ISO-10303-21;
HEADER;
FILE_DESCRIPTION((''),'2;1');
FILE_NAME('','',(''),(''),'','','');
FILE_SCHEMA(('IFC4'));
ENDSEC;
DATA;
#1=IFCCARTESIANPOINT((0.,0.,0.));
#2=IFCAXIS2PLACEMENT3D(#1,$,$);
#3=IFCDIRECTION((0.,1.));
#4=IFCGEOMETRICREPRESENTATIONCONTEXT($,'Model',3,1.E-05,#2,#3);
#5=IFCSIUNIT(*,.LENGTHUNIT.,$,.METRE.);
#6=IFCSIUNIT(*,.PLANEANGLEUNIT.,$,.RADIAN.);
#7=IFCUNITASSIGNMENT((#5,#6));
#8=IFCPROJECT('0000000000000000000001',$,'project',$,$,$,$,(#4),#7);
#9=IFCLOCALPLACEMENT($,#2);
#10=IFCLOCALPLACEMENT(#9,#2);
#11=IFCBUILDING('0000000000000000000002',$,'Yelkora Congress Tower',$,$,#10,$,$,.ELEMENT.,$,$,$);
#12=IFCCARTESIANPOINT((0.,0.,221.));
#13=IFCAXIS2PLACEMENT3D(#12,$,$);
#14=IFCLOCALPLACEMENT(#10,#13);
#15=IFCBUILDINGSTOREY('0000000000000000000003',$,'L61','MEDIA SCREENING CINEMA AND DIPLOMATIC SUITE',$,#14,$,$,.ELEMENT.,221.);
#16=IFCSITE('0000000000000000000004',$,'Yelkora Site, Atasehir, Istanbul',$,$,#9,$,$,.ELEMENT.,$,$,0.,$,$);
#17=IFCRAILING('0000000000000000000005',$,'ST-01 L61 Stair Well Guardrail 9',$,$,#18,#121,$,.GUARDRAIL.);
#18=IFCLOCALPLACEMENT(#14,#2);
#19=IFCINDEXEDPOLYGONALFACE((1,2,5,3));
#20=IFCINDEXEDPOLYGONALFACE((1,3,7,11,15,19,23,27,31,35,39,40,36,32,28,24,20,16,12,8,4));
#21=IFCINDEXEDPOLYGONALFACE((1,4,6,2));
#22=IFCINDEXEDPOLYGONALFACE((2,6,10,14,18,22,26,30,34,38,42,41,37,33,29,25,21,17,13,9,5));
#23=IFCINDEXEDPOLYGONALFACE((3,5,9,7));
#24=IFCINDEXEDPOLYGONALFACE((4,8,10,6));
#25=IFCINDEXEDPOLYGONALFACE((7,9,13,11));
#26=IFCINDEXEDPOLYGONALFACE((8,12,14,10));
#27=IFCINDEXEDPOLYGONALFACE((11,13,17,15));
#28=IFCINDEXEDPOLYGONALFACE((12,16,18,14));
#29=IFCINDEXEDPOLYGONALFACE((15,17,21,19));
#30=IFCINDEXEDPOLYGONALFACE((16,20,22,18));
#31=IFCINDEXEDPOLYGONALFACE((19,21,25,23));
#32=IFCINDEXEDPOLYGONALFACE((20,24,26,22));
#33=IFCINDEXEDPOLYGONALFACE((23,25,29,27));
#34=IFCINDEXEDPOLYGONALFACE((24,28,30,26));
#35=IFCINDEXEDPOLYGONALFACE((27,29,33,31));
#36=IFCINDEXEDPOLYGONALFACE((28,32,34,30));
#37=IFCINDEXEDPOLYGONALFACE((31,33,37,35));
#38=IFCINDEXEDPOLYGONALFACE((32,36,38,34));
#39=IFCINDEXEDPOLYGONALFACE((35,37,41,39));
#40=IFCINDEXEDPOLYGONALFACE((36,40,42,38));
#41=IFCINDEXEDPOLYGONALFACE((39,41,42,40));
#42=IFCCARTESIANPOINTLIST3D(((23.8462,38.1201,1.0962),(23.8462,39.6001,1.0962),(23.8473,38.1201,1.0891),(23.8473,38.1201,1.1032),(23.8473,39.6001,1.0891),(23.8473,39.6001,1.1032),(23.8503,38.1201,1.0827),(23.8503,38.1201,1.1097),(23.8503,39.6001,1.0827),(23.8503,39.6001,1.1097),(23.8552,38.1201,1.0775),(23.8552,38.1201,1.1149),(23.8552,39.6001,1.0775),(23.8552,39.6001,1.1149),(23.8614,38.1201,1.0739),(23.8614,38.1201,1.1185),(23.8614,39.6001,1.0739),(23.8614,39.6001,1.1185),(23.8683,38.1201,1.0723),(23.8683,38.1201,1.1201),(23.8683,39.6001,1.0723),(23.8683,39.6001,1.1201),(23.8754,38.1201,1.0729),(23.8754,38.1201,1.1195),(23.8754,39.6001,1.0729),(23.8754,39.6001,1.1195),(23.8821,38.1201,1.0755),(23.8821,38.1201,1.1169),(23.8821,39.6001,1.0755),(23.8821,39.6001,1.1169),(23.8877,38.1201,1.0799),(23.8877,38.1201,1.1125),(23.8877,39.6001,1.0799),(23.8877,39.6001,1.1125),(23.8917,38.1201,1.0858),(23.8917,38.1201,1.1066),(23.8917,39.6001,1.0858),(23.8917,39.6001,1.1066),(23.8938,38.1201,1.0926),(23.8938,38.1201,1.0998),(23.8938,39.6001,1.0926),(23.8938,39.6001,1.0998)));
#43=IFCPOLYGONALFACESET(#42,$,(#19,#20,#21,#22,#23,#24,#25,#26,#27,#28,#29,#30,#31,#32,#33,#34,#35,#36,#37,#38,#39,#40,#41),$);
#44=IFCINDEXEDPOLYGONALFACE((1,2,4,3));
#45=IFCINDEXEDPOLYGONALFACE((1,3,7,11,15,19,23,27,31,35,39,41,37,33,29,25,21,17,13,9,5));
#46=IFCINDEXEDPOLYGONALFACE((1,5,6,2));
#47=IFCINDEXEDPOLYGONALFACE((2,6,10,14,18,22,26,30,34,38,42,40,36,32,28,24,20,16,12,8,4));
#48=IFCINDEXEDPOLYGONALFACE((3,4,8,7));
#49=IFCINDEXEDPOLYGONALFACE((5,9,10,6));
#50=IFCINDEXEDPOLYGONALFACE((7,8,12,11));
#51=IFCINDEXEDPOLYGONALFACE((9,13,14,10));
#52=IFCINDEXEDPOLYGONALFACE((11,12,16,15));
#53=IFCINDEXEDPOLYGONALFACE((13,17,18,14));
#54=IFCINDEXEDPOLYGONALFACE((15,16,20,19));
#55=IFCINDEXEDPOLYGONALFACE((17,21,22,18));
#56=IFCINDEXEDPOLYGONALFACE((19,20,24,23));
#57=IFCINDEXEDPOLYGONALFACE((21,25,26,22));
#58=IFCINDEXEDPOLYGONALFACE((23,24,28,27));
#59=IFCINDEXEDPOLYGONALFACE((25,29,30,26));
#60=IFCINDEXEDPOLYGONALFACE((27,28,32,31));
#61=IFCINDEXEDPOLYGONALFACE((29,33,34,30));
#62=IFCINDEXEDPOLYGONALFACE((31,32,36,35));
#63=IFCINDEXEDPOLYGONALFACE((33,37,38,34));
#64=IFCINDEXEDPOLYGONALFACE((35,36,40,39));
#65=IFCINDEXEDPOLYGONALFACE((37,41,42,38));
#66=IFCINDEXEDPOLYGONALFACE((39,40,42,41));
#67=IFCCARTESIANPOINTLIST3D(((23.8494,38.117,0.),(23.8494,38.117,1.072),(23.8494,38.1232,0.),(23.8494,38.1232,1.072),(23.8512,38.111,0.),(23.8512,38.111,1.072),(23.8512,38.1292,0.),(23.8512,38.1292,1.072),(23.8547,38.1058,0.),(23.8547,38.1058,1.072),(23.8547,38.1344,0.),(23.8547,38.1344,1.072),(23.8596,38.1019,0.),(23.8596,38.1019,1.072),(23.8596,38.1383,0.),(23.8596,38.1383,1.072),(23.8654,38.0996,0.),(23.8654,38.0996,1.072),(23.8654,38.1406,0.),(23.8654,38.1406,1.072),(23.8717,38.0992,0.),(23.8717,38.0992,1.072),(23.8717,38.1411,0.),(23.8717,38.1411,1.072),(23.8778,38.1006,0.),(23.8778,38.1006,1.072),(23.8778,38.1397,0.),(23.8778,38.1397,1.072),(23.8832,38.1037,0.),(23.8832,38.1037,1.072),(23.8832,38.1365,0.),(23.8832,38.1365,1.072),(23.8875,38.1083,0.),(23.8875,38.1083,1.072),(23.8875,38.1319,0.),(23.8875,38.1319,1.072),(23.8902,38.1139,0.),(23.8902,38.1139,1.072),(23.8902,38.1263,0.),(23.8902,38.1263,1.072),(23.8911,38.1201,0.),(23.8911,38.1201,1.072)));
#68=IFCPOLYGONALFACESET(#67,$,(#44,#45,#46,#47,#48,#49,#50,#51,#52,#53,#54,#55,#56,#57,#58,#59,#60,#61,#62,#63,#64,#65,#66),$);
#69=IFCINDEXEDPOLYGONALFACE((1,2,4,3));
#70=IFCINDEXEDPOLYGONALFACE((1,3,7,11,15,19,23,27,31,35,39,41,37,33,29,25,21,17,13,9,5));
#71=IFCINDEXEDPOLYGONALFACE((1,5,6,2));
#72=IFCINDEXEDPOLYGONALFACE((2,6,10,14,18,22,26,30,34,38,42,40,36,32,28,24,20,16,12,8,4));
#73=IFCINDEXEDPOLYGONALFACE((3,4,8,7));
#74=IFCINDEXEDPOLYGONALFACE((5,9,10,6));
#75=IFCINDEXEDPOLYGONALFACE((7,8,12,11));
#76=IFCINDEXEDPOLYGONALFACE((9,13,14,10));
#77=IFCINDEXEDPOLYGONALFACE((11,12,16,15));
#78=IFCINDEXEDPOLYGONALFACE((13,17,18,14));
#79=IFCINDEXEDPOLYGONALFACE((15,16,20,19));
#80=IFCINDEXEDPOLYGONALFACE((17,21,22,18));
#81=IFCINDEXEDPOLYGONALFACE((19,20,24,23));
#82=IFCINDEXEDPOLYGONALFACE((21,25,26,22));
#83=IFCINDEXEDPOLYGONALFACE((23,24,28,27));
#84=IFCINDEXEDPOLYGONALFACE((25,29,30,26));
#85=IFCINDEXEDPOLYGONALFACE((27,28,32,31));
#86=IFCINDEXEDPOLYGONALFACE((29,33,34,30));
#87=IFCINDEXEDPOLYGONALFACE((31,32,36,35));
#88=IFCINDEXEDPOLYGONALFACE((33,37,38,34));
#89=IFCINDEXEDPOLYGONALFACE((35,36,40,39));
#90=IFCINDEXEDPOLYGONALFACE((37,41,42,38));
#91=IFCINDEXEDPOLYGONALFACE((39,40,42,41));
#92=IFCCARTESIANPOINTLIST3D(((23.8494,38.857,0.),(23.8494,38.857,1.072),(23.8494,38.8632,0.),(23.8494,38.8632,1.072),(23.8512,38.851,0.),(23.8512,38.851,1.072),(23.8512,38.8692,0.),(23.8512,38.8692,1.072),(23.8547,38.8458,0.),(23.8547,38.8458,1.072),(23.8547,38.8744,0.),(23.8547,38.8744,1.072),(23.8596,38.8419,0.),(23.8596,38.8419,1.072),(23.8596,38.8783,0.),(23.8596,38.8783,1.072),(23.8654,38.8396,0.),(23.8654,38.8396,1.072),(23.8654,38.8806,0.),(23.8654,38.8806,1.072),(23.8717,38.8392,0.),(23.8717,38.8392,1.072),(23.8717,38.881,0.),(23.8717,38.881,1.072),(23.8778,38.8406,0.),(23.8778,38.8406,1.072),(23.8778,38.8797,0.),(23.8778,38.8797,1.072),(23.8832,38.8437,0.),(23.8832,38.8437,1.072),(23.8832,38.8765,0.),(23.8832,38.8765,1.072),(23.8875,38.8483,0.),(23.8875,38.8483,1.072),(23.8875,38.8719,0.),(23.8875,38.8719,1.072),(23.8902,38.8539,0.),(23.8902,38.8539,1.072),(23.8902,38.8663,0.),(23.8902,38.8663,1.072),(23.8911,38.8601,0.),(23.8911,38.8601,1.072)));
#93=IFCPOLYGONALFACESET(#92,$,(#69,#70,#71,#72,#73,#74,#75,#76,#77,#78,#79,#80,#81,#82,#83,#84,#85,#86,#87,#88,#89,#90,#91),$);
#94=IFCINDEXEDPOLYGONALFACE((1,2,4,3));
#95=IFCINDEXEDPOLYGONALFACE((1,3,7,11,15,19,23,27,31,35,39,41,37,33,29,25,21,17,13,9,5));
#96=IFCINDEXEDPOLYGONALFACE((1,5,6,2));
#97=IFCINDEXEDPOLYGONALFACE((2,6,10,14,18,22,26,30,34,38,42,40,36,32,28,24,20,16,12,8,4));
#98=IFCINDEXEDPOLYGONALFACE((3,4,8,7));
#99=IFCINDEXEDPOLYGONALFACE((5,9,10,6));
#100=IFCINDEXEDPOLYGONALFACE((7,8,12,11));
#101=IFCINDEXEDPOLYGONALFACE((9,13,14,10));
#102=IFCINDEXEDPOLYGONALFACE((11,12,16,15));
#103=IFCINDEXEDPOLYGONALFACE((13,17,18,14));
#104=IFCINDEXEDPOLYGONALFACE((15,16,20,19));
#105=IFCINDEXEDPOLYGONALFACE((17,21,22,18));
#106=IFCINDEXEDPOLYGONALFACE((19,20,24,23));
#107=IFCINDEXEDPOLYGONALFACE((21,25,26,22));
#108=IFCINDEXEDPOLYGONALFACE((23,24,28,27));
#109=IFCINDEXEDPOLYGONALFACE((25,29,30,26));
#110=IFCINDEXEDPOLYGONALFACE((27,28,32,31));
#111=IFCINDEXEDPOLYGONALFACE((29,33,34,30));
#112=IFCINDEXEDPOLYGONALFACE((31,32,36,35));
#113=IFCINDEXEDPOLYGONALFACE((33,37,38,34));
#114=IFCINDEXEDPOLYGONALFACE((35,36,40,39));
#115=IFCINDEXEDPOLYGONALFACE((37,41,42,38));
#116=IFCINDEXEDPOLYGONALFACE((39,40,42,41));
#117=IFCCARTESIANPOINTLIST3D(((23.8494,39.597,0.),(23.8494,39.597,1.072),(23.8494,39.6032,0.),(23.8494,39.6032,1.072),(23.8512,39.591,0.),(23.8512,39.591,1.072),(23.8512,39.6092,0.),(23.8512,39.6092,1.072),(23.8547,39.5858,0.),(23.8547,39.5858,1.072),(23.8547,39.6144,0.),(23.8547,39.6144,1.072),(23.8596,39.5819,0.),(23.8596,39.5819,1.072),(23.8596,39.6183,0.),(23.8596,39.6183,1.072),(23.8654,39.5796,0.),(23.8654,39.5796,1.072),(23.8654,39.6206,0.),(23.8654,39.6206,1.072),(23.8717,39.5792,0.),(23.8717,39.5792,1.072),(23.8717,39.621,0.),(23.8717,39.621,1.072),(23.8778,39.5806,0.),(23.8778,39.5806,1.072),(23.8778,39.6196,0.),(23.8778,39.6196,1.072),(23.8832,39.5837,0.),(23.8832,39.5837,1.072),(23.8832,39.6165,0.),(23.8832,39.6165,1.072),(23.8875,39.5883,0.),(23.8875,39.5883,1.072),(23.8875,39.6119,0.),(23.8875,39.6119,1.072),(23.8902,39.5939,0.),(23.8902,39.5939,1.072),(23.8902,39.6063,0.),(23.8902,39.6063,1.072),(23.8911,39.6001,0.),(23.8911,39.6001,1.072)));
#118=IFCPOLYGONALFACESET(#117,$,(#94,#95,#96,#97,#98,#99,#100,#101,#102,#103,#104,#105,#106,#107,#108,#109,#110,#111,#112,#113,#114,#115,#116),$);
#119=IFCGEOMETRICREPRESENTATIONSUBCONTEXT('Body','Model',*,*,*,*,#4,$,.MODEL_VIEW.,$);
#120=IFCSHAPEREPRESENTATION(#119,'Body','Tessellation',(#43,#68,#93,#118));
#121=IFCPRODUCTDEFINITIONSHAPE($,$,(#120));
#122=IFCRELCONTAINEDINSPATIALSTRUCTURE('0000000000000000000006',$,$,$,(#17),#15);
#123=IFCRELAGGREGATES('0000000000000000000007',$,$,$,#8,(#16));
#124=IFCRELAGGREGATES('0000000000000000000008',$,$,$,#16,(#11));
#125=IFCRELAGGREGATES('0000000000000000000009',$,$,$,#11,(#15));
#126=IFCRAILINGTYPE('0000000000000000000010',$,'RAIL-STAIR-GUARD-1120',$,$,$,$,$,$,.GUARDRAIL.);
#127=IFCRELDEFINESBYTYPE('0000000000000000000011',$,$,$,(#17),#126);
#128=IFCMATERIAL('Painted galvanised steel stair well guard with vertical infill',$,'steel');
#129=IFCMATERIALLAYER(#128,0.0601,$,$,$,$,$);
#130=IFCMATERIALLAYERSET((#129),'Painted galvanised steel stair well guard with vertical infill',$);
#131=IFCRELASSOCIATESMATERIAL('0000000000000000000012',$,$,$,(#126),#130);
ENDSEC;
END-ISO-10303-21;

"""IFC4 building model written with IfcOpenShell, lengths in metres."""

from ifc_helpers import new_model, si_unit, direction, frame, origin, origin_2d, place, context, subcontext, project, spatial, circle, extrude, material, layer, layer_set, type_object, element, save


model = new_model("IFC4")

# Units and contexts
model_context = context("Model", 3, precision=1e-05, world=origin(), true_north=direction((0.0, 1.0)))
body_context = subcontext(model_context, "Body", "Model", "MODEL_VIEW")
ifc_project = project(units=[si_unit("LENGTHUNIT", "METRE"), si_unit("PLANEANGLEUNIT", "RADIAN")], contexts=[model_context])

# Site, building, storey
site_placement = place(None, origin())
site = spatial("IfcSite", under=ifc_project, at=site_placement, Name="Yelkora Site, Atasehir, Istanbul", CompositionType="ELEMENT", RefElevation=0.0)
building_placement = place(site_placement, origin())
building = spatial("IfcBuilding", under=site, at=building_placement, Name="Yelkora Congress Tower", CompositionType="ELEMENT")
storey_placement = place(building_placement, frame((0.0, 0.0, 221.0)))
storey = spatial("IfcBuildingStorey", under=building, at=storey_placement, Name="L61", Description="MEDIA SCREENING CINEMA AND DIPLOMATIC SUITE", CompositionType="ELEMENT", Elevation=221.0)

# Railing
ifc_material_1 = material(Name="Painted galvanised steel stair well guard with vertical infill", Category="steel")
ifc_layer_1 = layer(ifc_material_1, 0.0601)
ifc_layer_set_1 = layer_set([ifc_layer_1], Name="Painted galvanised steel stair well guard with vertical infill")
railing_type_1 = type_object("IfcRailingType", Name="RAIL-STAIR-GUARD-1120", PredefinedType="GUARDRAIL", material=ifc_layer_set_1)
railing_1_placement = place(storey_placement, frame((23.8701, 38.1201, 0.0)))
element("IfcRailing", 1, at=railing_1_placement, inside=storey, type_object=railing_type_1, Name="ST-01 L61 Stair Well Guardrail 9", PredefinedType="GUARDRAIL", context=body_context, shape_type="SweptSolid", body=[
    extrude(circle(Radius=0.0239, at=origin_2d()), frame((0.0, 0.0, 1.0962), z_axis=(0.0, 1.0, 0.0), x_axis=(-1.0, 0.0, 0.0)), (0.0, 0.0, 1.0), 1.48),
    extrude(circle(Radius=0.021, at=origin_2d()), origin(), (0.0, 0.0, 1.0), 1.072),
    extrude(circle(Radius=0.021, at=origin_2d()), frame((0.0, 0.74, 0.0)), (0.0, 0.0, 1.0), 1.072),
    extrude(circle(Radius=0.021, at=origin_2d()), frame((0.0, 1.48, 0.0)), (0.0, 0.0, 1.0), 1.072),
])

save(model, "model.ifc")
